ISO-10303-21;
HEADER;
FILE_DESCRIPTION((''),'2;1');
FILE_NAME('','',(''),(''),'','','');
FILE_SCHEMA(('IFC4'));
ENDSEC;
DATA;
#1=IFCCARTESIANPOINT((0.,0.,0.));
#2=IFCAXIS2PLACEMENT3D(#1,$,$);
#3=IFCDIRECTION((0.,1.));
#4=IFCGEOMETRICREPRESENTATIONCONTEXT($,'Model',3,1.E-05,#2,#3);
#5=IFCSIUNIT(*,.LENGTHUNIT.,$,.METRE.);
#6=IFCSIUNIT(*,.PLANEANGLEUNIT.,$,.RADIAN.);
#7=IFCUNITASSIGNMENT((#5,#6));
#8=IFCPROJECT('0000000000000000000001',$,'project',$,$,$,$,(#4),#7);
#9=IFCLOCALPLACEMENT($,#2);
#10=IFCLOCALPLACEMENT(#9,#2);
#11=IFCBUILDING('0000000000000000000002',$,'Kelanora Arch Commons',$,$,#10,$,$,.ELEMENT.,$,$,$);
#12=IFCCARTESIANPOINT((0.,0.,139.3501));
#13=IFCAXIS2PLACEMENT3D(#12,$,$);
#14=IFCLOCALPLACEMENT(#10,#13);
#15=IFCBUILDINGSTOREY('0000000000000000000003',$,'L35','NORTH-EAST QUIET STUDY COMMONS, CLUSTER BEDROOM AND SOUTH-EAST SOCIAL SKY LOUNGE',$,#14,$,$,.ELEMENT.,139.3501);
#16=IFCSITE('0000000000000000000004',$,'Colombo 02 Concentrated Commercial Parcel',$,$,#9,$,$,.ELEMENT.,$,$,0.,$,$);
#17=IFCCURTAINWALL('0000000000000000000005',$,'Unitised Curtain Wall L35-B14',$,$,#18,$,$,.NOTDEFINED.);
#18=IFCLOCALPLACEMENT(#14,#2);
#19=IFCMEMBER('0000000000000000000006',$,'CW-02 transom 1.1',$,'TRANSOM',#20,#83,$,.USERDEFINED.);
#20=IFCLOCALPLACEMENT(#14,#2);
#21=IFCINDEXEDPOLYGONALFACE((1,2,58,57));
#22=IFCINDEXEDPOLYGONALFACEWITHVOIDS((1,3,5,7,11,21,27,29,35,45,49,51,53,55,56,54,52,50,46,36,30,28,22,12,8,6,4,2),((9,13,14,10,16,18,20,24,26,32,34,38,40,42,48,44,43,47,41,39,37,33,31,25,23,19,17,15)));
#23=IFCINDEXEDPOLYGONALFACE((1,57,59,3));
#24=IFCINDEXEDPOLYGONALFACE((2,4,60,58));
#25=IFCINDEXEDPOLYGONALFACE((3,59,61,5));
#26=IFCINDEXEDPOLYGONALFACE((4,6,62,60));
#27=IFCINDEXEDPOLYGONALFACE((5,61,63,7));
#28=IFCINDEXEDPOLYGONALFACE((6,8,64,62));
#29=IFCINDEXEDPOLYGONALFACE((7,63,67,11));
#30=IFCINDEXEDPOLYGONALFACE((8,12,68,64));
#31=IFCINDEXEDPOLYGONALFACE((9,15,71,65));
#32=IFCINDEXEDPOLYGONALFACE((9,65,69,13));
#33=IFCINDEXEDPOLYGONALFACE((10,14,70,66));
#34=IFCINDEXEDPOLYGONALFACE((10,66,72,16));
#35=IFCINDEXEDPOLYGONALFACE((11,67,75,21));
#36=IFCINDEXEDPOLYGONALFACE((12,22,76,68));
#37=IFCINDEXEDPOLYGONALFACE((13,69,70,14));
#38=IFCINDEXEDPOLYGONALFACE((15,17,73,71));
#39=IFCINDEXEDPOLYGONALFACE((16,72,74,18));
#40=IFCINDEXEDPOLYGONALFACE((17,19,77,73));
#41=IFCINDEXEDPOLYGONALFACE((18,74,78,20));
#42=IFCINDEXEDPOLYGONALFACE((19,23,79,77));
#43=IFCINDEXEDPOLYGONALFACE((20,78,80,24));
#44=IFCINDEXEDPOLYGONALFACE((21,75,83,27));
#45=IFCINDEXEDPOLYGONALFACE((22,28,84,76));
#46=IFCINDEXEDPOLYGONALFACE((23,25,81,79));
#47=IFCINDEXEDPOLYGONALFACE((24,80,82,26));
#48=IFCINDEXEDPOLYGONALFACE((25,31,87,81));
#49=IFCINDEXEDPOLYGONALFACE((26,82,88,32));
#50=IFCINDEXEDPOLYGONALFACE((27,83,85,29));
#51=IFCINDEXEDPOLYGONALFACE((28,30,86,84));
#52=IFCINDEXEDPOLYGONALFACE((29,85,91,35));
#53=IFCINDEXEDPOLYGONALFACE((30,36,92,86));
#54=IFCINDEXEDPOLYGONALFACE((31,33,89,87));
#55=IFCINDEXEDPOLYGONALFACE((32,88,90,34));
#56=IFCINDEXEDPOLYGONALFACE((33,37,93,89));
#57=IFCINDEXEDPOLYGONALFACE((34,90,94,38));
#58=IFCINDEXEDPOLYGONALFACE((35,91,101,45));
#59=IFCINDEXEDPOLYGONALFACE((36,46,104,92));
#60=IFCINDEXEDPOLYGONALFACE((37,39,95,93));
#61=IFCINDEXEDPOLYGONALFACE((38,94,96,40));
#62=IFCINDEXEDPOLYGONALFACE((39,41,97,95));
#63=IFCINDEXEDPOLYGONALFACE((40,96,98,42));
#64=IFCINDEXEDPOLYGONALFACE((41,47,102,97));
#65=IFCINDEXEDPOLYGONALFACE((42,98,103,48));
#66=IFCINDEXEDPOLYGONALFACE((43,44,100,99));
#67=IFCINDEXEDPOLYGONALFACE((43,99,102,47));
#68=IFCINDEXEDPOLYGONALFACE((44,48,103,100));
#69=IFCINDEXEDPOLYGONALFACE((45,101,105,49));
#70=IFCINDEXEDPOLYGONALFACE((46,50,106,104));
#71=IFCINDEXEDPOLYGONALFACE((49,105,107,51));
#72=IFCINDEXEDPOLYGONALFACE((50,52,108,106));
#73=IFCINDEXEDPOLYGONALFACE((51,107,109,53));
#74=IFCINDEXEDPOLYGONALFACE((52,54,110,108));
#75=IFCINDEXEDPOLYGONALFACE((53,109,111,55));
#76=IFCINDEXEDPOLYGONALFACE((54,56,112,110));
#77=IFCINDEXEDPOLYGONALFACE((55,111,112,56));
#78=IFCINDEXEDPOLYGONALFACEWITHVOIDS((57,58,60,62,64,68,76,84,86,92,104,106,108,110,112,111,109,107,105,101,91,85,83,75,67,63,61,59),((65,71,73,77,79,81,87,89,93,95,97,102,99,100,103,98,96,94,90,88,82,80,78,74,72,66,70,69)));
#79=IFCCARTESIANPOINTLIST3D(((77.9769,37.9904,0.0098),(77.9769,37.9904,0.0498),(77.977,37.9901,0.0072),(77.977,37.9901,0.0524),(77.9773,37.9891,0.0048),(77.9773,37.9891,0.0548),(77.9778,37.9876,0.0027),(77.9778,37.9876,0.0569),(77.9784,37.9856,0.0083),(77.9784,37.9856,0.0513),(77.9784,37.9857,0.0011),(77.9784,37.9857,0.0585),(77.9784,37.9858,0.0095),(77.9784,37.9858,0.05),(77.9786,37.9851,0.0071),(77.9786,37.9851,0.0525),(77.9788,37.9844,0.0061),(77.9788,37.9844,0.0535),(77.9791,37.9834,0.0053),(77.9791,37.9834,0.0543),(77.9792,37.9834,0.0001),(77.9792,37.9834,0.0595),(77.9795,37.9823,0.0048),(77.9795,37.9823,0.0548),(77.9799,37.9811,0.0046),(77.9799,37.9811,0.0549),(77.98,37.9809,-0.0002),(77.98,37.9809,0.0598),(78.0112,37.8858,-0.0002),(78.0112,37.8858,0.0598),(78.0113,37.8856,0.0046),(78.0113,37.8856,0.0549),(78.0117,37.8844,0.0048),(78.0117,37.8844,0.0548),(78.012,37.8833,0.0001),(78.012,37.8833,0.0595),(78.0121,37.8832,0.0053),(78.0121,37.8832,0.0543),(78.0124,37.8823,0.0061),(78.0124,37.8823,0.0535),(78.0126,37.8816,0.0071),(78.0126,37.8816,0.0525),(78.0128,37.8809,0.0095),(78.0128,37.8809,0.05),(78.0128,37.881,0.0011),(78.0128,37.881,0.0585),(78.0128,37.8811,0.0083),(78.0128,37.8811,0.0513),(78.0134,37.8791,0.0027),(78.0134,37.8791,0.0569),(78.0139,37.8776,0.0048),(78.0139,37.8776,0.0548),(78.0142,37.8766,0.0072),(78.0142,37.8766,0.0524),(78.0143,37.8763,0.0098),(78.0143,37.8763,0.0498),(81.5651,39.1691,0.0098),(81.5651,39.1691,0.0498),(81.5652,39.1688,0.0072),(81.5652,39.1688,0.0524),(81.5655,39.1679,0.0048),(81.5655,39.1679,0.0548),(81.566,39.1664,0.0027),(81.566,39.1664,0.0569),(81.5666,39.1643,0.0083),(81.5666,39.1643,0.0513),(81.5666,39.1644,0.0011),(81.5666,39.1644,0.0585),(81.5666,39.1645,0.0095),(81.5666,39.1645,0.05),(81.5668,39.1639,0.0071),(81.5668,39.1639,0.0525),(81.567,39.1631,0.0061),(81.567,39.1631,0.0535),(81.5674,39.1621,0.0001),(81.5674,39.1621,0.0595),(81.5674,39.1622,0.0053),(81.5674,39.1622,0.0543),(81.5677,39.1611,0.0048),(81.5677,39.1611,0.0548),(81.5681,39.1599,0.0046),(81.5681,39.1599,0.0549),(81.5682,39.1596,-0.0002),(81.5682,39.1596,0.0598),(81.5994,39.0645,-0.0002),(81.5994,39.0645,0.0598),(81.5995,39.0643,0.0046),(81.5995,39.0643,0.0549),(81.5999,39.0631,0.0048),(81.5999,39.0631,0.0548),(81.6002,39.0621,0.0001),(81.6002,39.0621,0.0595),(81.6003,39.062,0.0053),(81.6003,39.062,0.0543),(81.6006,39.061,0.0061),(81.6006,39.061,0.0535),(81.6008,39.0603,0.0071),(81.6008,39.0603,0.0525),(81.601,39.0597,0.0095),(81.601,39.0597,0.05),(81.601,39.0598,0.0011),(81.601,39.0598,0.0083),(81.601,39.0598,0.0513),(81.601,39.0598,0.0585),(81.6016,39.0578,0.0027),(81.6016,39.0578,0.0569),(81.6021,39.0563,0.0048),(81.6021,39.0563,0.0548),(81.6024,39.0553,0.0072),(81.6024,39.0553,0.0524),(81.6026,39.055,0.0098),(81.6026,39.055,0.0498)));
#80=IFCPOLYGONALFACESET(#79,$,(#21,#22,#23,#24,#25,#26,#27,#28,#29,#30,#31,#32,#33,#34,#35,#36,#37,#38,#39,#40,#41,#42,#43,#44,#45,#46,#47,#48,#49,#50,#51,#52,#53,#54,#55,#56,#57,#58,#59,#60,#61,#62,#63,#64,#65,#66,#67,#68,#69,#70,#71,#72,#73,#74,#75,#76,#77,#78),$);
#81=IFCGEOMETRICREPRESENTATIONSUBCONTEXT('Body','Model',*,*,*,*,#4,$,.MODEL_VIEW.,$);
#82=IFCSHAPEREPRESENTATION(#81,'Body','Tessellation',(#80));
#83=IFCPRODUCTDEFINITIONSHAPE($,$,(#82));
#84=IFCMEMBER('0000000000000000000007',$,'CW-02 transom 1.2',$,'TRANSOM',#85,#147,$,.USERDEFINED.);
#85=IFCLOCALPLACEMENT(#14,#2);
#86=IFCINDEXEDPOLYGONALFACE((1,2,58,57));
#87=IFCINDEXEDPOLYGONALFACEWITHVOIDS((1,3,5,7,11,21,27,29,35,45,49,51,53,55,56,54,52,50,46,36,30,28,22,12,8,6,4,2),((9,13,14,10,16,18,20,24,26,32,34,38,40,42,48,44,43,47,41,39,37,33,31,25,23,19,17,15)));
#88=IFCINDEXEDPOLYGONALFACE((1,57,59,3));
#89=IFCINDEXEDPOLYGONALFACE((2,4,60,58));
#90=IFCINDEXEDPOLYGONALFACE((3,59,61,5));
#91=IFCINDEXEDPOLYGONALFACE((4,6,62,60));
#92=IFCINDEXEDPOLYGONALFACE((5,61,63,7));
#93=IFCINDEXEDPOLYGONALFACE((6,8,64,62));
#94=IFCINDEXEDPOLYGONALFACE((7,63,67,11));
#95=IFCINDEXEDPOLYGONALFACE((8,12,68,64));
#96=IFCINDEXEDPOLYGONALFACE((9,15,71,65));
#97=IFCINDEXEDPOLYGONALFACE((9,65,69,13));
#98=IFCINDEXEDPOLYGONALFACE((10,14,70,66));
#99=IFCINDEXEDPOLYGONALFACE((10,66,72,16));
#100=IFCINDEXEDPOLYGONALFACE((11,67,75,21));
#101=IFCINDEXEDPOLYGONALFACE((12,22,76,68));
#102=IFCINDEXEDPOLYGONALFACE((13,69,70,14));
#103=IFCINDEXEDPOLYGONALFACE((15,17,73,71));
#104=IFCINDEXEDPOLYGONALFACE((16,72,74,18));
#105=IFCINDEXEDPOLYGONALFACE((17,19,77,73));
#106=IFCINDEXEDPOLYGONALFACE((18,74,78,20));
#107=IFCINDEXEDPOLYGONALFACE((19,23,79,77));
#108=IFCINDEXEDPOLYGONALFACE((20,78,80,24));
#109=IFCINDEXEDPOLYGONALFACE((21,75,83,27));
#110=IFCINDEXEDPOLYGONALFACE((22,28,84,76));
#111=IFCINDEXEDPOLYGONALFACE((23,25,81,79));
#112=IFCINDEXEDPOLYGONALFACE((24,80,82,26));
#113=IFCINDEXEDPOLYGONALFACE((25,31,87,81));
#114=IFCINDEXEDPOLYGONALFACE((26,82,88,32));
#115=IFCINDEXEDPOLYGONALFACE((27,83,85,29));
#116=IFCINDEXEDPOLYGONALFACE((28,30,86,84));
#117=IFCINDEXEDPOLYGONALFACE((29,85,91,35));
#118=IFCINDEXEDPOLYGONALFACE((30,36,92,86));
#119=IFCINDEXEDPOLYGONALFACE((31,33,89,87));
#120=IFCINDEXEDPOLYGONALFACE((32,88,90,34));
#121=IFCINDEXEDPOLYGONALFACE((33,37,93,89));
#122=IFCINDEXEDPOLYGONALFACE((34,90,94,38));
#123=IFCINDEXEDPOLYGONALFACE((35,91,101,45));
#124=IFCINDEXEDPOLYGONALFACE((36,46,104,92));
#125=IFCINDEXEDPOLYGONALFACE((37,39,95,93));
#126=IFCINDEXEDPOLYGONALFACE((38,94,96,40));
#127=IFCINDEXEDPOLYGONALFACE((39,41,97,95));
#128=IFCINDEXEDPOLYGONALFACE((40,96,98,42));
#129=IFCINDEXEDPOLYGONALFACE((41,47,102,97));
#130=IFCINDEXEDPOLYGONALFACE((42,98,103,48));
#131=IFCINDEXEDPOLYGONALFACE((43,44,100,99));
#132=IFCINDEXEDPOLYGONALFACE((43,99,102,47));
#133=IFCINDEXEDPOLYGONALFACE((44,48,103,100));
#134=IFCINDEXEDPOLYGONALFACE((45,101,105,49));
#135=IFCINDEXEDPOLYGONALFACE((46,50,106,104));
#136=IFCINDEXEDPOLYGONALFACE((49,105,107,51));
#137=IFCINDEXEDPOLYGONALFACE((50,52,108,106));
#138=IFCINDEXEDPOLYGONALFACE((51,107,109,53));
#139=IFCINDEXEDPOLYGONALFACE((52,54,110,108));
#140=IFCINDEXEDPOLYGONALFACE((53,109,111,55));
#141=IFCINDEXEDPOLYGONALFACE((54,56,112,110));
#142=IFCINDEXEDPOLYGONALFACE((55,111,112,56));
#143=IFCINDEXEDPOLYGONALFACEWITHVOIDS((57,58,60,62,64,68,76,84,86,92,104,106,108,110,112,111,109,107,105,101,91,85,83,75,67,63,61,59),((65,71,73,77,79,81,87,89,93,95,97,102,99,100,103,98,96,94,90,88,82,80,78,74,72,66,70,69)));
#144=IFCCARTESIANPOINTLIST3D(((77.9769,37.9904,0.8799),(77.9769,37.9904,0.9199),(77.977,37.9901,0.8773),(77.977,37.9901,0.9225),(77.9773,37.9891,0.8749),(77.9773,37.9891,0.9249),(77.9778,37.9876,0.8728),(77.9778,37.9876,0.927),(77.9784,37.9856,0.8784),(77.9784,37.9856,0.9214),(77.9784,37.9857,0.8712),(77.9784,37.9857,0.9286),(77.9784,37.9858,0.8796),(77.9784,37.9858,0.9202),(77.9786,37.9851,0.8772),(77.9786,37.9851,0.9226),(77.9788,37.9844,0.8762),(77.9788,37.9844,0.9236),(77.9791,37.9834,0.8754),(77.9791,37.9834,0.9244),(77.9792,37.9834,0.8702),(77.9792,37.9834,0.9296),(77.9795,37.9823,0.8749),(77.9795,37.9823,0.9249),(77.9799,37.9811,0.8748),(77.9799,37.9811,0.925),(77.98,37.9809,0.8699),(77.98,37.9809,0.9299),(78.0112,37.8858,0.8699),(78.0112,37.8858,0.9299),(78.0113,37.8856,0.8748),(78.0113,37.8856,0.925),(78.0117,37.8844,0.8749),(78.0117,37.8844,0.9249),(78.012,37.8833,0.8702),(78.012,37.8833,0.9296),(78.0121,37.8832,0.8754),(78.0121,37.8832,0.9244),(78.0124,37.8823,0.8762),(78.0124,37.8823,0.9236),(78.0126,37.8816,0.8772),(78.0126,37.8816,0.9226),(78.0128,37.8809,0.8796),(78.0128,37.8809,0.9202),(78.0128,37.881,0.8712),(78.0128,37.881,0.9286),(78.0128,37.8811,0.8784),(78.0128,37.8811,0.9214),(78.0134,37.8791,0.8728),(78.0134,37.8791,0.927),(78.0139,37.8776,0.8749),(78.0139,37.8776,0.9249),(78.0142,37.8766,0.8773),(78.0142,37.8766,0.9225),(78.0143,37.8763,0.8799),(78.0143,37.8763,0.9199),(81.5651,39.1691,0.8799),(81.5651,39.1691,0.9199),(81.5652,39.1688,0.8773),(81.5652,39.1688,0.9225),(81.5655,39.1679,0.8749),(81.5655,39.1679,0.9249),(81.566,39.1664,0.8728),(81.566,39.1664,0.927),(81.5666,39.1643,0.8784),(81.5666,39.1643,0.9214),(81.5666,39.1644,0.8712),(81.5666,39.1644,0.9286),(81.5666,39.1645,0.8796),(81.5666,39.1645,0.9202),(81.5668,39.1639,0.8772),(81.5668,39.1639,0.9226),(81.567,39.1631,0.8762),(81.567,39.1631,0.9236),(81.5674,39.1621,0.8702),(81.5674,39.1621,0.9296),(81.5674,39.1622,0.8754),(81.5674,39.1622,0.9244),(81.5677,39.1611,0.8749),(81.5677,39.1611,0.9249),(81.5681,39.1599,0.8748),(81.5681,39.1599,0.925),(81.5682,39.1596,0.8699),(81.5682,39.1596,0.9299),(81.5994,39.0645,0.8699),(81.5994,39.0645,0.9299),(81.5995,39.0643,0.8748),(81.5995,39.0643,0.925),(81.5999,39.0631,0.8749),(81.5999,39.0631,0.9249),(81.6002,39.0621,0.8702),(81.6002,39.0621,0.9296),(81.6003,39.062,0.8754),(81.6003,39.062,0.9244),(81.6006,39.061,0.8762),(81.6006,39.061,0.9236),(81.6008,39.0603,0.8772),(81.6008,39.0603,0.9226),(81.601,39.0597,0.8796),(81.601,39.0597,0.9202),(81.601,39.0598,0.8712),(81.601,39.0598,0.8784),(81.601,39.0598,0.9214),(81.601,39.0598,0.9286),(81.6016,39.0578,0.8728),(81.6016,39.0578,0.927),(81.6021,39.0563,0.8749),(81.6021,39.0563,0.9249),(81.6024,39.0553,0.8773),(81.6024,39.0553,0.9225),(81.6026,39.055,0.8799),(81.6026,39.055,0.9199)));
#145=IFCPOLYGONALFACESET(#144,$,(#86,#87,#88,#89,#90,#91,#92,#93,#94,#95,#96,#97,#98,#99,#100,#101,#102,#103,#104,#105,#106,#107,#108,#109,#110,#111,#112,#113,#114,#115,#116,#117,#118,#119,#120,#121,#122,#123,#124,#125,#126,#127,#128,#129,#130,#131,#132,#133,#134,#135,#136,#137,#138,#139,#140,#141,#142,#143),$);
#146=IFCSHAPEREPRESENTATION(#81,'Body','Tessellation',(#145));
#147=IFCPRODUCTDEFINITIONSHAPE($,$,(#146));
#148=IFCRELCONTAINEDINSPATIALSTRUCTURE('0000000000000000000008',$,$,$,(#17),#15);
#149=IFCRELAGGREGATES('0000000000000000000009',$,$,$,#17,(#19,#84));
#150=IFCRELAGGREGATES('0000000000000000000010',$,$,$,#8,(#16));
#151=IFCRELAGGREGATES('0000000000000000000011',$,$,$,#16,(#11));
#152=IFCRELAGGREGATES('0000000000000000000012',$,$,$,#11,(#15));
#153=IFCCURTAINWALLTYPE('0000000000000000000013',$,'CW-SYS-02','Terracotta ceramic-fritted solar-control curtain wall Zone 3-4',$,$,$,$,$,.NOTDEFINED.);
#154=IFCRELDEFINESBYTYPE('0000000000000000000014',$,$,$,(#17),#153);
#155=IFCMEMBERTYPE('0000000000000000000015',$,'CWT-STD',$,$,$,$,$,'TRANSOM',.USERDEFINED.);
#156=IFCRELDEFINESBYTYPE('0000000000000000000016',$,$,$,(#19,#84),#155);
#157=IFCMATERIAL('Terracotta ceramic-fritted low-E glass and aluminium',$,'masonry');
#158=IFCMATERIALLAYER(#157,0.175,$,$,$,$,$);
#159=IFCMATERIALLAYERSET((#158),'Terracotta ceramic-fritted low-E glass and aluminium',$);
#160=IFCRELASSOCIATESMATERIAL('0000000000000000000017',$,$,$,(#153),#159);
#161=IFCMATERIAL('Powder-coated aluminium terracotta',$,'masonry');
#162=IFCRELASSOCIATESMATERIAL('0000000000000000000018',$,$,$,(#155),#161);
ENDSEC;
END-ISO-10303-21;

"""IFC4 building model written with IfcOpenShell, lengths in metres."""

from ifc_helpers import new_model, si_unit, direction, frame, origin, origin_2d, place, context, subcontext, project, spatial, hollow_rectangle, extrude, material, layer, layer_set, material_profile, profile_set, type_object, element, aggregate, save


model = new_model("IFC4")

# Units and contexts
model_context = context("Model", 3, precision=1e-05, world=origin(), true_north=direction((0.0, 1.0)))
body_context = subcontext(model_context, "Body", "Model", "MODEL_VIEW")
ifc_project = project(units=[si_unit("LENGTHUNIT", "METRE"), si_unit("PLANEANGLEUNIT", "RADIAN")], contexts=[model_context])

# Site, building, storey
site_placement = place(None, origin())
site = spatial("IfcSite", under=ifc_project, at=site_placement, Name="Colombo 02 Concentrated Commercial Parcel", CompositionType="ELEMENT", RefElevation=0.0)
building_placement = place(site_placement, origin())
building = spatial("IfcBuilding", under=site, at=building_placement, Name="Kelanora Arch Commons", CompositionType="ELEMENT")
storey_placement = place(building_placement, frame((0.0, 0.0, 139.3501)))
storey = spatial("IfcBuildingStorey", under=building, at=storey_placement, Name="L35", Description="NORTH-EAST QUIET STUDY COMMONS, CLUSTER BEDROOM AND SOUTH-EAST SOCIAL SKY LOUNGE", CompositionType="ELEMENT", Elevation=139.3501)

# Curtain wall, members
ifc_material_1 = material(Name="Terracotta ceramic-fritted low-E glass and aluminium", Category="masonry")
ifc_layer_1 = layer(ifc_material_1, 0.175)
ifc_layer_set_1 = layer_set([ifc_layer_1], Name="Terracotta ceramic-fritted low-E glass and aluminium")
curtain_wall_type = type_object("IfcCurtainWallType", Name="CW-SYS-02", Description="Terracotta ceramic-fritted solar-control curtain wall Zone 3-4", PredefinedType="NOTDEFINED", material=ifc_layer_set_1)
curtain_wall_placement = place(storey_placement, origin())
curtain_wall = element("IfcCurtainWall", 1, at=curtain_wall_placement, inside=storey, type_object=curtain_wall_type, Name="Unitised Curtain Wall L35-B14", PredefinedType="NOTDEFINED")
ifc_material_2 = material(Name="Powder-coated aluminium terracotta", Category="masonry")
ifc_material_profile_1 = material_profile(ifc_material_2, hollow_rectangle(XDim=0.1201, YDim=0.0601, WallThickness=0.0049, InnerFilletRadius=0.0049, OuterFilletRadius=0.01, at=origin_2d()), Name="CWT120x60")
ifc_profile_set_1 = profile_set([ifc_material_profile_1], Name="Powder-coated aluminium terracotta")
member_type_1 = type_object("IfcMemberType", Name="CWT-STD", ElementType="TRANSOM", PredefinedType="USERDEFINED", material=ifc_profile_set_1)
member_1_placement = place(storey_placement, frame((77.9956, 37.9333, 0.0298), z_axis=(0.950051, 0.312094, 0.0), x_axis=(-0.312094, 0.950051, 0.0)))
member_1 = element("IfcMember", 2, at=member_1_placement, type_object=member_type_1, Name="CW-02 transom 1.1", ObjectType="TRANSOM", PredefinedType="USERDEFINED", context=body_context, shape_type="SweptSolid", body=[
    extrude(hollow_rectangle(XDim=0.1201, YDim=0.0601, WallThickness=0.0049, InnerFilletRadius=0.0049, OuterFilletRadius=0.01, at=origin_2d()), origin(), (0.0, 0.0, 1.0), 3.7769),
])
member_2_placement = place(storey_placement, frame((77.9956, 37.9333, 0.8999), z_axis=(0.950051, 0.312094, 0.0), x_axis=(-0.312094, 0.950051, 0.0)))
member_2 = element("IfcMember", 3, at=member_2_placement, type_object=member_type_1, Name="CW-02 transom 1.2", ObjectType="TRANSOM", PredefinedType="USERDEFINED", context=body_context, shape_type="SweptSolid", body=[
    extrude(hollow_rectangle(XDim=0.1201, YDim=0.0601, WallThickness=0.0049, InnerFilletRadius=0.0049, OuterFilletRadius=0.01, at=origin_2d()), origin(), (0.0, 0.0, 1.0), 3.7769),
])
aggregate(curtain_wall, [member_1, member_2])

save(model, "model.ifc")
